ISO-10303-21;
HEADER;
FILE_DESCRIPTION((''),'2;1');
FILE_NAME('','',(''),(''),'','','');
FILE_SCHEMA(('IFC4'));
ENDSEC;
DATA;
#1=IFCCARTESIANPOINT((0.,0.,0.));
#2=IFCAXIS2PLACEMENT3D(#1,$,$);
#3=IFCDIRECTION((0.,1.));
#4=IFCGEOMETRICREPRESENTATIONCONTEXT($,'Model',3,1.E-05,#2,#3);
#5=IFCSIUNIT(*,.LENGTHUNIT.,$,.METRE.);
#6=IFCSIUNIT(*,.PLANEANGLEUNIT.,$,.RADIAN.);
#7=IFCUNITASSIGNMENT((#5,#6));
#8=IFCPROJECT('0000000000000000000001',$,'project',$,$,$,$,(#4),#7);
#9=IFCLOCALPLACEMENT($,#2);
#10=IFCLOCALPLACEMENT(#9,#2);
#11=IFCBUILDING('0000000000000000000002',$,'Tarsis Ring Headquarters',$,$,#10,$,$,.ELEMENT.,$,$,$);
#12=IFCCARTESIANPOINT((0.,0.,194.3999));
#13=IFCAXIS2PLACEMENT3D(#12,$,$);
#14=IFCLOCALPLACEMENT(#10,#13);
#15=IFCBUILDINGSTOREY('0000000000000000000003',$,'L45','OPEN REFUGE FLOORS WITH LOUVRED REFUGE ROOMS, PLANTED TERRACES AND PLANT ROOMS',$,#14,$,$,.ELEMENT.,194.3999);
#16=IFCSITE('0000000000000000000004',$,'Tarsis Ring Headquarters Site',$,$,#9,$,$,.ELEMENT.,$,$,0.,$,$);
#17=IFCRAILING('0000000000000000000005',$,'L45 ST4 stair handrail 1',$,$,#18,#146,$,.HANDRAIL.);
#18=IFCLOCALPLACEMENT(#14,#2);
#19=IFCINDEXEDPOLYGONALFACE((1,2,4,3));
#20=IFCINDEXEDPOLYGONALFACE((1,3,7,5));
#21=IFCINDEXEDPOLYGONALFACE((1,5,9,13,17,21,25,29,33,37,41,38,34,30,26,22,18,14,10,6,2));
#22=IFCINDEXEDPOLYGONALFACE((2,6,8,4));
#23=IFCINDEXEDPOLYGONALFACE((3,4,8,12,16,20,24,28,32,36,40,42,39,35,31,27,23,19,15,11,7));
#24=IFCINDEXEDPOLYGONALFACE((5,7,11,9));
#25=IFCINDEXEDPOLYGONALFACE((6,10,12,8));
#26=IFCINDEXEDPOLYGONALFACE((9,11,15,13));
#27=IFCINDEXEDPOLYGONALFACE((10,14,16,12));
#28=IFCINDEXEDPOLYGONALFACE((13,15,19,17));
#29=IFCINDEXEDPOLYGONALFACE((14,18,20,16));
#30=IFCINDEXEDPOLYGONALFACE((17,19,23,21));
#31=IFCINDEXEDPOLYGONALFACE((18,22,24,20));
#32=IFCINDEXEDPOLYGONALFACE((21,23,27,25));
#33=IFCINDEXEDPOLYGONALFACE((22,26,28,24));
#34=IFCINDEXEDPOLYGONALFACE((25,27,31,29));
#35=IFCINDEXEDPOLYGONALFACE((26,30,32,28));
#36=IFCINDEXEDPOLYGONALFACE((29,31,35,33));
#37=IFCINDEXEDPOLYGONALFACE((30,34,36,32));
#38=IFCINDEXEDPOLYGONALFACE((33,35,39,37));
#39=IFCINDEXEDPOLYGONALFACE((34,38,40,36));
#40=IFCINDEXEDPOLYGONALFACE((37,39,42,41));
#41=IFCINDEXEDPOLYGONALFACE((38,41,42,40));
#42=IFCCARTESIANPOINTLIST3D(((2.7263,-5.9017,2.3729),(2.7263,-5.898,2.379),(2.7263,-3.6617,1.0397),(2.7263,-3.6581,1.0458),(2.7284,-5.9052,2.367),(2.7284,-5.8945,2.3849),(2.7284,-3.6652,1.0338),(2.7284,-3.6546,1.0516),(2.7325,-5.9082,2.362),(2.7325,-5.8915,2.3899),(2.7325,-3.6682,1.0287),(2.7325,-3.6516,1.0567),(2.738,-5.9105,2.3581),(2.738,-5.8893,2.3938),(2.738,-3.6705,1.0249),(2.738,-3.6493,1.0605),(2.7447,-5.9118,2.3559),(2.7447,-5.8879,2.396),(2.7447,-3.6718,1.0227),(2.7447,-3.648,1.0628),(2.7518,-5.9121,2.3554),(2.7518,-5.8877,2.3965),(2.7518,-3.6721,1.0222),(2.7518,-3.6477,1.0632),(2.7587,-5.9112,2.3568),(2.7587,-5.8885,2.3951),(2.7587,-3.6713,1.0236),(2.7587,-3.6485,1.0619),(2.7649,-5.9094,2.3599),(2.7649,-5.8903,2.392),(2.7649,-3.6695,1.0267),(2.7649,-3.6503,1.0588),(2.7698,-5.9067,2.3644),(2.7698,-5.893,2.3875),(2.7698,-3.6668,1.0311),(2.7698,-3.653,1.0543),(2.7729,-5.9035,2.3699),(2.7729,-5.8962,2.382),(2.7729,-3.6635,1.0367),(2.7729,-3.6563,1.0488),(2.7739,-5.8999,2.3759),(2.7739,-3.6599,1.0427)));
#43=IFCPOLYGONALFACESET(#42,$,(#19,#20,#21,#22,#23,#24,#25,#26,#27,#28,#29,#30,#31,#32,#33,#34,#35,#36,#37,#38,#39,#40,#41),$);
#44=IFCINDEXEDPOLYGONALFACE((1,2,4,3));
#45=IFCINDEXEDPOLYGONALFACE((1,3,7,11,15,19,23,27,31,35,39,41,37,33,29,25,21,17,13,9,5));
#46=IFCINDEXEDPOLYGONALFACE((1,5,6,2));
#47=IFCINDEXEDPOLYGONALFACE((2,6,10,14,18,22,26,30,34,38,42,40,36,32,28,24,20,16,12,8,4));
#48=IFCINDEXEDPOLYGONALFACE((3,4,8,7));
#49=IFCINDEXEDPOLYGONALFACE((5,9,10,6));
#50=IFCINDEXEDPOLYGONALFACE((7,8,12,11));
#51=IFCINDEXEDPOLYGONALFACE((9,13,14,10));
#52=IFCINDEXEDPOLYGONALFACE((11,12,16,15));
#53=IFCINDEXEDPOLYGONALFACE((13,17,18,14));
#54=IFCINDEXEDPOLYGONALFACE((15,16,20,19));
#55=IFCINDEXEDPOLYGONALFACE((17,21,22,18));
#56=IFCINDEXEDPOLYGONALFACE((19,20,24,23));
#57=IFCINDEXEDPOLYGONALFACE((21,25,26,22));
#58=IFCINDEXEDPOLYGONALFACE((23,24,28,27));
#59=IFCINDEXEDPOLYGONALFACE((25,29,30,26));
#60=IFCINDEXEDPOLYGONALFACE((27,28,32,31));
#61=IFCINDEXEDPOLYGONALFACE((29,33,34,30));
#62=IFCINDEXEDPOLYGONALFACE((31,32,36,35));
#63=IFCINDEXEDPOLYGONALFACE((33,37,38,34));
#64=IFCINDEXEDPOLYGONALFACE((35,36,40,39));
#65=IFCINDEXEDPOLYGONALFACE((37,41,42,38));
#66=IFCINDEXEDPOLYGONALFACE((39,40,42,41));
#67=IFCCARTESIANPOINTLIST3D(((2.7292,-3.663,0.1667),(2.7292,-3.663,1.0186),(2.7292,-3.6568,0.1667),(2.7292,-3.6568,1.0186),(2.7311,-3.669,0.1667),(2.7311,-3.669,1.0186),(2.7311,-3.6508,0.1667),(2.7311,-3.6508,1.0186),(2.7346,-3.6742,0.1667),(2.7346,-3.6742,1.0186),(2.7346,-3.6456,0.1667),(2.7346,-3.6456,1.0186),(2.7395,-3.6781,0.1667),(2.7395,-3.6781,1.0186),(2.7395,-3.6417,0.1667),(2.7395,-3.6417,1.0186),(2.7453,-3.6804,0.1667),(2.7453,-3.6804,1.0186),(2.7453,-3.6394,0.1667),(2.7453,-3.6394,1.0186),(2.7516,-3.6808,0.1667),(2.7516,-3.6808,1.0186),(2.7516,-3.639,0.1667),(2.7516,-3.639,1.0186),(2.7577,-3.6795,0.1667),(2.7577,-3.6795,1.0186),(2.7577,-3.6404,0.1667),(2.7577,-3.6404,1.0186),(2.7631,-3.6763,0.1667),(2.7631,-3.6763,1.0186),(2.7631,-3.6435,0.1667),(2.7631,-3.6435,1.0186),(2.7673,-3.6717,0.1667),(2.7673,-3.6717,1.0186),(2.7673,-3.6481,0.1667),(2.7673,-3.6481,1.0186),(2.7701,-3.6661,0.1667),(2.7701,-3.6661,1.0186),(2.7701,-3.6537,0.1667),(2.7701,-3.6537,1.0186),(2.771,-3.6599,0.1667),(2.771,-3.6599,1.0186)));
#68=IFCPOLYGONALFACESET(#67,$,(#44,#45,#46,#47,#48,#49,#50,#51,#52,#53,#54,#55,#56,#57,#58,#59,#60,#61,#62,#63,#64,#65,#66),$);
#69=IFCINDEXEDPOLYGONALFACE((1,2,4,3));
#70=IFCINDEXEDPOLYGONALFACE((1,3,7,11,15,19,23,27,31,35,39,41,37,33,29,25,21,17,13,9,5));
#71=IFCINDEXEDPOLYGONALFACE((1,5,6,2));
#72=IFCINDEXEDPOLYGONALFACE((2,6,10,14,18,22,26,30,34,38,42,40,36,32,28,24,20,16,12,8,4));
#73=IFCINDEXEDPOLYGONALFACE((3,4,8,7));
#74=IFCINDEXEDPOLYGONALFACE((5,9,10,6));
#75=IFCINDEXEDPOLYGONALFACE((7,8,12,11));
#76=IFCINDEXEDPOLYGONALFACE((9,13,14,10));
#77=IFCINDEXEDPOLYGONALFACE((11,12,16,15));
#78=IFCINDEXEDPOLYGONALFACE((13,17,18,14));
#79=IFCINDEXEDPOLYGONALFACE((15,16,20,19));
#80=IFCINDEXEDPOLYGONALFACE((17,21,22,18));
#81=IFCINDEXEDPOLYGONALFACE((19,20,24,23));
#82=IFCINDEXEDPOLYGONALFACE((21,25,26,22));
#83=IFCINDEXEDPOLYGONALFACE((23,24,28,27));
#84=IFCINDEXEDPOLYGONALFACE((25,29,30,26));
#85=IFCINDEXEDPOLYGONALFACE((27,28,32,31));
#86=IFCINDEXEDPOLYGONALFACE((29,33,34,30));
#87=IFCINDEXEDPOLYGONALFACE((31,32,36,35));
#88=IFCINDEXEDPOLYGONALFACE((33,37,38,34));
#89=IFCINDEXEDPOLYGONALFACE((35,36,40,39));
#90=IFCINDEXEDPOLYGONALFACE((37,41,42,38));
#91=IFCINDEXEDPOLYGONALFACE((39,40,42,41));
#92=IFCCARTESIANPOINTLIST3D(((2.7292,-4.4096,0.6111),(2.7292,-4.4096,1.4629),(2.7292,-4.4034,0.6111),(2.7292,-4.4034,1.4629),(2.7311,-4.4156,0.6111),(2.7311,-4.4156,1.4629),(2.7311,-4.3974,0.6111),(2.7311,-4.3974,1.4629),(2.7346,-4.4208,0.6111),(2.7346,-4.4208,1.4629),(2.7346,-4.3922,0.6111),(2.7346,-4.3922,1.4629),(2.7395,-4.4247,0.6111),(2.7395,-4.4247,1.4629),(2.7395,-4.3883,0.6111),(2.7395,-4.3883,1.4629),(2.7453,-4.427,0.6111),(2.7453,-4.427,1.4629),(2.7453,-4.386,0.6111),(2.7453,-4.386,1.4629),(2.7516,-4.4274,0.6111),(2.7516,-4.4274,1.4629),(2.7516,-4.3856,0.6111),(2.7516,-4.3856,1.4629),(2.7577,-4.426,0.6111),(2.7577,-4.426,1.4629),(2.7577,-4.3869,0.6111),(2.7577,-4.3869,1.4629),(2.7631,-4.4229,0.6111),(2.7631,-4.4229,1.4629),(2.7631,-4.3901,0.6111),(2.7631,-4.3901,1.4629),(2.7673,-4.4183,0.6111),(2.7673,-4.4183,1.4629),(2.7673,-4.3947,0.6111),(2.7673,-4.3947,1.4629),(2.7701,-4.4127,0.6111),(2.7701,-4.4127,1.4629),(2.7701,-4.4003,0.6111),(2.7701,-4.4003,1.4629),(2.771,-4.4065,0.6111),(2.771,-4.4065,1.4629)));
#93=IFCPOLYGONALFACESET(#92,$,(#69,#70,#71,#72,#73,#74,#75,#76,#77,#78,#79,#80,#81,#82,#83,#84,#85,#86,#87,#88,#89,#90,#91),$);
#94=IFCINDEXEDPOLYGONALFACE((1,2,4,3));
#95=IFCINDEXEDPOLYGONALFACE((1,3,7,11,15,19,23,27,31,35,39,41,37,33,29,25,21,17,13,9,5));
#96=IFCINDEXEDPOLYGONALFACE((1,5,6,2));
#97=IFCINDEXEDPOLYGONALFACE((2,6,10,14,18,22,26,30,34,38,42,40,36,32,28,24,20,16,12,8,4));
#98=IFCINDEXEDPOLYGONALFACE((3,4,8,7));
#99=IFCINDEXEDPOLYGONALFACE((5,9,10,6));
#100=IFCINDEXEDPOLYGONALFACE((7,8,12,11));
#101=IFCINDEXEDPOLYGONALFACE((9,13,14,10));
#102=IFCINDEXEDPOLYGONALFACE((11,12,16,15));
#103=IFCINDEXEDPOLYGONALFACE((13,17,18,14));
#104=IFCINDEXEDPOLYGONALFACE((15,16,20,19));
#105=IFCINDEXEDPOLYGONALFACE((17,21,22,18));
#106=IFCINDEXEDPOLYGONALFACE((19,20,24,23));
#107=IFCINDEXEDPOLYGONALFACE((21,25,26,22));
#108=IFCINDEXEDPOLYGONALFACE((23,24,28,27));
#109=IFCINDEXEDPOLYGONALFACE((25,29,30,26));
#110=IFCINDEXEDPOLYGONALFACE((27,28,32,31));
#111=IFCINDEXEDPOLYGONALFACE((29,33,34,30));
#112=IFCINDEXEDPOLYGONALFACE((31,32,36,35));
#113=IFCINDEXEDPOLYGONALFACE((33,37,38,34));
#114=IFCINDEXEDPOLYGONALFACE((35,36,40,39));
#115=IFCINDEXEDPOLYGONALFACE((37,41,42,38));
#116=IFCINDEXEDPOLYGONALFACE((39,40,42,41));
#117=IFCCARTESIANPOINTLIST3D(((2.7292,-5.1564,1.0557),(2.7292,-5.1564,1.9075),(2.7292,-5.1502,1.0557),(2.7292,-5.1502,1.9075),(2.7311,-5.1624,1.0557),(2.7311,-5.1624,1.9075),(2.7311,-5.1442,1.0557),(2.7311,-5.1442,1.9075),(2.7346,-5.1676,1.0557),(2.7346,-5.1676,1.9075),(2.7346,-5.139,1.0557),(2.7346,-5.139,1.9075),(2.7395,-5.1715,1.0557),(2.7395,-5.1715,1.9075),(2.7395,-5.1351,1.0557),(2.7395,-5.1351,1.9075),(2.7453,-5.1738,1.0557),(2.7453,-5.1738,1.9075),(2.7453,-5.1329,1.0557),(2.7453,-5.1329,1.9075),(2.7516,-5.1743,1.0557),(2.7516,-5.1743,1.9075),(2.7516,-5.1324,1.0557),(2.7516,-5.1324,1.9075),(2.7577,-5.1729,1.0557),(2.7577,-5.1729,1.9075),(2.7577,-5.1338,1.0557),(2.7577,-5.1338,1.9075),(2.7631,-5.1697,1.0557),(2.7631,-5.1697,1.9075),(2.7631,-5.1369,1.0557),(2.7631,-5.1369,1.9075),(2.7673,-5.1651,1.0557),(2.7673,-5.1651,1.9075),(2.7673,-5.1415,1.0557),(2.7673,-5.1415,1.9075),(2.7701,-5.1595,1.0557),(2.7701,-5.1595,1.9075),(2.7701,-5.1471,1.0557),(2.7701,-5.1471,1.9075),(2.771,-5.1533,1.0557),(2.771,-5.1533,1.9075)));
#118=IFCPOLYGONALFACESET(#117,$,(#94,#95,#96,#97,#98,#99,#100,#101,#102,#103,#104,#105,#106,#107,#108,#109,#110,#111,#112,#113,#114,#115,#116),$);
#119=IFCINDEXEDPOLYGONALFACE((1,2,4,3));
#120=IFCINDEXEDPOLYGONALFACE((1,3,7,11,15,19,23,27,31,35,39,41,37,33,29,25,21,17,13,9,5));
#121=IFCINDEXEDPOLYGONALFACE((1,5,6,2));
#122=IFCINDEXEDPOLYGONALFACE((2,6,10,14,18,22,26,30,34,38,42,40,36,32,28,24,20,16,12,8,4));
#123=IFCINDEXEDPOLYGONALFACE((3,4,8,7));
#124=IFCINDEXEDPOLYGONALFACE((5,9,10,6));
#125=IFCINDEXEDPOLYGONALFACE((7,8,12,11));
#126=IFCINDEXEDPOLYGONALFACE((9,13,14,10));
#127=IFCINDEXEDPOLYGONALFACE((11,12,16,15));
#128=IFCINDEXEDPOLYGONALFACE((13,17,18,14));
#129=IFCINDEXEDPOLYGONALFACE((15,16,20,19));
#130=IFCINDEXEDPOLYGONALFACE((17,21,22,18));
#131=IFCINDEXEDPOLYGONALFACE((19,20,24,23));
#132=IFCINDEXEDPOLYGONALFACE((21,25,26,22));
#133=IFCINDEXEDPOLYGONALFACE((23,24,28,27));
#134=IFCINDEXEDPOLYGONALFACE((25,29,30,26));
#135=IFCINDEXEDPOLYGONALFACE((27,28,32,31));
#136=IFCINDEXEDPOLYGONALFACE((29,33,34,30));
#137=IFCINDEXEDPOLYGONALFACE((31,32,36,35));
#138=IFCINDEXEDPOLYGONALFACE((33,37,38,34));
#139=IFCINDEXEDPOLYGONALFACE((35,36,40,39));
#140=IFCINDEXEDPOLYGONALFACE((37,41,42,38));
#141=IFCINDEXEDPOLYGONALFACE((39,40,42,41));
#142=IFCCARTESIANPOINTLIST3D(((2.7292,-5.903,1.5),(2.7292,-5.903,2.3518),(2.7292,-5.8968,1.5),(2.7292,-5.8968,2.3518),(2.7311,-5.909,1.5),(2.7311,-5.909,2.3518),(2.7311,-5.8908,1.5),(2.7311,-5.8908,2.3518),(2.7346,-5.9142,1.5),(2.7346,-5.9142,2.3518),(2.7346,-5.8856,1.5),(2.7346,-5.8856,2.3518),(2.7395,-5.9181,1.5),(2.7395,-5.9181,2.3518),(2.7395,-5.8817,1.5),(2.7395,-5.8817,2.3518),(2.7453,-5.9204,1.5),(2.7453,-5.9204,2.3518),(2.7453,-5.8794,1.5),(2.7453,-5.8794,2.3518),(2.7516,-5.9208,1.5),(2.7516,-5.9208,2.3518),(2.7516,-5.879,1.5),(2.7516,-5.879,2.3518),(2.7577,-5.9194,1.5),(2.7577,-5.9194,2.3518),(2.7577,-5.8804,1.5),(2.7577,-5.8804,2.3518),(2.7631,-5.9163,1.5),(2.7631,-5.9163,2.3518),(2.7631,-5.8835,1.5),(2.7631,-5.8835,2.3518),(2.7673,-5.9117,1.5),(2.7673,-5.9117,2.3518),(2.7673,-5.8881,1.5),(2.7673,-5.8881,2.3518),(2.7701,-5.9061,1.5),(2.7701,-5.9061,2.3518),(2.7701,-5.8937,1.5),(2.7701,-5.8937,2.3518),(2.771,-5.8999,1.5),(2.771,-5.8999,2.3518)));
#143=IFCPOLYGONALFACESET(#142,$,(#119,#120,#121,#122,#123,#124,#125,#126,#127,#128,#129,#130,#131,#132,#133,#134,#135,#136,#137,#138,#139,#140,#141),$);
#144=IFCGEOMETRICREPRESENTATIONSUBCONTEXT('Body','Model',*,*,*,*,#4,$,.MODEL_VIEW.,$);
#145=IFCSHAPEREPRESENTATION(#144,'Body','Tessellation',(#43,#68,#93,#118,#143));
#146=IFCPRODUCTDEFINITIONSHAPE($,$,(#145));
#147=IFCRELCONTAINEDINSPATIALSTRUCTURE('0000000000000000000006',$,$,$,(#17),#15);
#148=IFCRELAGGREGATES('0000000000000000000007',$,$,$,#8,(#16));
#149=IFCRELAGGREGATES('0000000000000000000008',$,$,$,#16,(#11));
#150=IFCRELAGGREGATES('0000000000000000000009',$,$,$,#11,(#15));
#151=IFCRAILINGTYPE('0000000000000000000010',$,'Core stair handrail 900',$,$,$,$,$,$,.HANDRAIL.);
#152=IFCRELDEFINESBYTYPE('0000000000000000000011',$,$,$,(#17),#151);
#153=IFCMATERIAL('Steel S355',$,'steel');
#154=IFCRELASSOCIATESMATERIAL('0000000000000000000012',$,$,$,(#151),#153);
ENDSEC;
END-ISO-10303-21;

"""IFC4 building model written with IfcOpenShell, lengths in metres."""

from ifc_helpers import new_model, si_unit, direction, frame, origin, origin_2d, place, context, subcontext, project, spatial, circle, extrude, material, type_object, element, save


model = new_model("IFC4")

# Units and contexts
model_context = context("Model", 3, precision=1e-05, world=origin(), true_north=direction((0.0, 1.0)))
body_context = subcontext(model_context, "Body", "Model", "MODEL_VIEW")
ifc_project = project(units=[si_unit("LENGTHUNIT", "METRE"), si_unit("PLANEANGLEUNIT", "RADIAN")], contexts=[model_context])

# Site, building, storey
site_placement = place(None, origin())
site = spatial("IfcSite", under=ifc_project, at=site_placement, Name="Tarsis Ring Headquarters Site", CompositionType="ELEMENT", RefElevation=0.0)
building_placement = place(site_placement, origin())
building = spatial("IfcBuilding", under=site, at=building_placement, Name="Tarsis Ring Headquarters", CompositionType="ELEMENT")
storey_placement = place(building_placement, frame((0.0, 0.0, 194.3999)))
storey = spatial("IfcBuildingStorey", under=building, at=storey_placement, Name="L45", Description="OPEN REFUGE FLOORS WITH LOUVRED REFUGE ROOMS, PLANTED TERRACES AND PLANT ROOMS", CompositionType="ELEMENT", Elevation=194.3999)

# Railing
ifc_material_1 = material(Name="Steel S355", Category="steel")
railing_type_1 = type_object("IfcRailingType", Name="Core stair handrail 900", PredefinedType="HANDRAIL", material=ifc_material_1)
railing_1_placement = place(storey_placement, frame((2.75, -3.6599, 0.1667)))
element("IfcRailing", 1, at=railing_1_placement, inside=storey, type_object=railing_type_1, Name="L45 ST4 stair handrail 1", PredefinedType="HANDRAIL", context=body_context, shape_type="SweptSolid", body=[
    extrude(circle(Radius=0.0239, at=origin_2d()), frame((0.0, 0.0, 0.876), z_axis=(0.0, -0.859306, 0.511462), x_axis=(1.0, 0.0, 0.0)), (0.0, 0.0, 1.0), 2.6067),
    extrude(circle(Radius=0.021, at=origin_2d()), origin(), (0.0, 0.0, 1.0), 0.8518),
    extrude(circle(Radius=0.021, at=origin_2d()), frame((0.0, -0.7466, 0.4443)), (0.0, 0.0, 1.0), 0.8518),
    extrude(circle(Radius=0.021, at=origin_2d()), frame((0.0, -1.4934, 0.8889)), (0.0, 0.0, 1.0), 0.8518),
    extrude(circle(Radius=0.021, at=origin_2d()), frame((0.0, -2.24, 1.3333)), (0.0, 0.0, 1.0), 0.8518),
])

save(model, "model.ifc")
